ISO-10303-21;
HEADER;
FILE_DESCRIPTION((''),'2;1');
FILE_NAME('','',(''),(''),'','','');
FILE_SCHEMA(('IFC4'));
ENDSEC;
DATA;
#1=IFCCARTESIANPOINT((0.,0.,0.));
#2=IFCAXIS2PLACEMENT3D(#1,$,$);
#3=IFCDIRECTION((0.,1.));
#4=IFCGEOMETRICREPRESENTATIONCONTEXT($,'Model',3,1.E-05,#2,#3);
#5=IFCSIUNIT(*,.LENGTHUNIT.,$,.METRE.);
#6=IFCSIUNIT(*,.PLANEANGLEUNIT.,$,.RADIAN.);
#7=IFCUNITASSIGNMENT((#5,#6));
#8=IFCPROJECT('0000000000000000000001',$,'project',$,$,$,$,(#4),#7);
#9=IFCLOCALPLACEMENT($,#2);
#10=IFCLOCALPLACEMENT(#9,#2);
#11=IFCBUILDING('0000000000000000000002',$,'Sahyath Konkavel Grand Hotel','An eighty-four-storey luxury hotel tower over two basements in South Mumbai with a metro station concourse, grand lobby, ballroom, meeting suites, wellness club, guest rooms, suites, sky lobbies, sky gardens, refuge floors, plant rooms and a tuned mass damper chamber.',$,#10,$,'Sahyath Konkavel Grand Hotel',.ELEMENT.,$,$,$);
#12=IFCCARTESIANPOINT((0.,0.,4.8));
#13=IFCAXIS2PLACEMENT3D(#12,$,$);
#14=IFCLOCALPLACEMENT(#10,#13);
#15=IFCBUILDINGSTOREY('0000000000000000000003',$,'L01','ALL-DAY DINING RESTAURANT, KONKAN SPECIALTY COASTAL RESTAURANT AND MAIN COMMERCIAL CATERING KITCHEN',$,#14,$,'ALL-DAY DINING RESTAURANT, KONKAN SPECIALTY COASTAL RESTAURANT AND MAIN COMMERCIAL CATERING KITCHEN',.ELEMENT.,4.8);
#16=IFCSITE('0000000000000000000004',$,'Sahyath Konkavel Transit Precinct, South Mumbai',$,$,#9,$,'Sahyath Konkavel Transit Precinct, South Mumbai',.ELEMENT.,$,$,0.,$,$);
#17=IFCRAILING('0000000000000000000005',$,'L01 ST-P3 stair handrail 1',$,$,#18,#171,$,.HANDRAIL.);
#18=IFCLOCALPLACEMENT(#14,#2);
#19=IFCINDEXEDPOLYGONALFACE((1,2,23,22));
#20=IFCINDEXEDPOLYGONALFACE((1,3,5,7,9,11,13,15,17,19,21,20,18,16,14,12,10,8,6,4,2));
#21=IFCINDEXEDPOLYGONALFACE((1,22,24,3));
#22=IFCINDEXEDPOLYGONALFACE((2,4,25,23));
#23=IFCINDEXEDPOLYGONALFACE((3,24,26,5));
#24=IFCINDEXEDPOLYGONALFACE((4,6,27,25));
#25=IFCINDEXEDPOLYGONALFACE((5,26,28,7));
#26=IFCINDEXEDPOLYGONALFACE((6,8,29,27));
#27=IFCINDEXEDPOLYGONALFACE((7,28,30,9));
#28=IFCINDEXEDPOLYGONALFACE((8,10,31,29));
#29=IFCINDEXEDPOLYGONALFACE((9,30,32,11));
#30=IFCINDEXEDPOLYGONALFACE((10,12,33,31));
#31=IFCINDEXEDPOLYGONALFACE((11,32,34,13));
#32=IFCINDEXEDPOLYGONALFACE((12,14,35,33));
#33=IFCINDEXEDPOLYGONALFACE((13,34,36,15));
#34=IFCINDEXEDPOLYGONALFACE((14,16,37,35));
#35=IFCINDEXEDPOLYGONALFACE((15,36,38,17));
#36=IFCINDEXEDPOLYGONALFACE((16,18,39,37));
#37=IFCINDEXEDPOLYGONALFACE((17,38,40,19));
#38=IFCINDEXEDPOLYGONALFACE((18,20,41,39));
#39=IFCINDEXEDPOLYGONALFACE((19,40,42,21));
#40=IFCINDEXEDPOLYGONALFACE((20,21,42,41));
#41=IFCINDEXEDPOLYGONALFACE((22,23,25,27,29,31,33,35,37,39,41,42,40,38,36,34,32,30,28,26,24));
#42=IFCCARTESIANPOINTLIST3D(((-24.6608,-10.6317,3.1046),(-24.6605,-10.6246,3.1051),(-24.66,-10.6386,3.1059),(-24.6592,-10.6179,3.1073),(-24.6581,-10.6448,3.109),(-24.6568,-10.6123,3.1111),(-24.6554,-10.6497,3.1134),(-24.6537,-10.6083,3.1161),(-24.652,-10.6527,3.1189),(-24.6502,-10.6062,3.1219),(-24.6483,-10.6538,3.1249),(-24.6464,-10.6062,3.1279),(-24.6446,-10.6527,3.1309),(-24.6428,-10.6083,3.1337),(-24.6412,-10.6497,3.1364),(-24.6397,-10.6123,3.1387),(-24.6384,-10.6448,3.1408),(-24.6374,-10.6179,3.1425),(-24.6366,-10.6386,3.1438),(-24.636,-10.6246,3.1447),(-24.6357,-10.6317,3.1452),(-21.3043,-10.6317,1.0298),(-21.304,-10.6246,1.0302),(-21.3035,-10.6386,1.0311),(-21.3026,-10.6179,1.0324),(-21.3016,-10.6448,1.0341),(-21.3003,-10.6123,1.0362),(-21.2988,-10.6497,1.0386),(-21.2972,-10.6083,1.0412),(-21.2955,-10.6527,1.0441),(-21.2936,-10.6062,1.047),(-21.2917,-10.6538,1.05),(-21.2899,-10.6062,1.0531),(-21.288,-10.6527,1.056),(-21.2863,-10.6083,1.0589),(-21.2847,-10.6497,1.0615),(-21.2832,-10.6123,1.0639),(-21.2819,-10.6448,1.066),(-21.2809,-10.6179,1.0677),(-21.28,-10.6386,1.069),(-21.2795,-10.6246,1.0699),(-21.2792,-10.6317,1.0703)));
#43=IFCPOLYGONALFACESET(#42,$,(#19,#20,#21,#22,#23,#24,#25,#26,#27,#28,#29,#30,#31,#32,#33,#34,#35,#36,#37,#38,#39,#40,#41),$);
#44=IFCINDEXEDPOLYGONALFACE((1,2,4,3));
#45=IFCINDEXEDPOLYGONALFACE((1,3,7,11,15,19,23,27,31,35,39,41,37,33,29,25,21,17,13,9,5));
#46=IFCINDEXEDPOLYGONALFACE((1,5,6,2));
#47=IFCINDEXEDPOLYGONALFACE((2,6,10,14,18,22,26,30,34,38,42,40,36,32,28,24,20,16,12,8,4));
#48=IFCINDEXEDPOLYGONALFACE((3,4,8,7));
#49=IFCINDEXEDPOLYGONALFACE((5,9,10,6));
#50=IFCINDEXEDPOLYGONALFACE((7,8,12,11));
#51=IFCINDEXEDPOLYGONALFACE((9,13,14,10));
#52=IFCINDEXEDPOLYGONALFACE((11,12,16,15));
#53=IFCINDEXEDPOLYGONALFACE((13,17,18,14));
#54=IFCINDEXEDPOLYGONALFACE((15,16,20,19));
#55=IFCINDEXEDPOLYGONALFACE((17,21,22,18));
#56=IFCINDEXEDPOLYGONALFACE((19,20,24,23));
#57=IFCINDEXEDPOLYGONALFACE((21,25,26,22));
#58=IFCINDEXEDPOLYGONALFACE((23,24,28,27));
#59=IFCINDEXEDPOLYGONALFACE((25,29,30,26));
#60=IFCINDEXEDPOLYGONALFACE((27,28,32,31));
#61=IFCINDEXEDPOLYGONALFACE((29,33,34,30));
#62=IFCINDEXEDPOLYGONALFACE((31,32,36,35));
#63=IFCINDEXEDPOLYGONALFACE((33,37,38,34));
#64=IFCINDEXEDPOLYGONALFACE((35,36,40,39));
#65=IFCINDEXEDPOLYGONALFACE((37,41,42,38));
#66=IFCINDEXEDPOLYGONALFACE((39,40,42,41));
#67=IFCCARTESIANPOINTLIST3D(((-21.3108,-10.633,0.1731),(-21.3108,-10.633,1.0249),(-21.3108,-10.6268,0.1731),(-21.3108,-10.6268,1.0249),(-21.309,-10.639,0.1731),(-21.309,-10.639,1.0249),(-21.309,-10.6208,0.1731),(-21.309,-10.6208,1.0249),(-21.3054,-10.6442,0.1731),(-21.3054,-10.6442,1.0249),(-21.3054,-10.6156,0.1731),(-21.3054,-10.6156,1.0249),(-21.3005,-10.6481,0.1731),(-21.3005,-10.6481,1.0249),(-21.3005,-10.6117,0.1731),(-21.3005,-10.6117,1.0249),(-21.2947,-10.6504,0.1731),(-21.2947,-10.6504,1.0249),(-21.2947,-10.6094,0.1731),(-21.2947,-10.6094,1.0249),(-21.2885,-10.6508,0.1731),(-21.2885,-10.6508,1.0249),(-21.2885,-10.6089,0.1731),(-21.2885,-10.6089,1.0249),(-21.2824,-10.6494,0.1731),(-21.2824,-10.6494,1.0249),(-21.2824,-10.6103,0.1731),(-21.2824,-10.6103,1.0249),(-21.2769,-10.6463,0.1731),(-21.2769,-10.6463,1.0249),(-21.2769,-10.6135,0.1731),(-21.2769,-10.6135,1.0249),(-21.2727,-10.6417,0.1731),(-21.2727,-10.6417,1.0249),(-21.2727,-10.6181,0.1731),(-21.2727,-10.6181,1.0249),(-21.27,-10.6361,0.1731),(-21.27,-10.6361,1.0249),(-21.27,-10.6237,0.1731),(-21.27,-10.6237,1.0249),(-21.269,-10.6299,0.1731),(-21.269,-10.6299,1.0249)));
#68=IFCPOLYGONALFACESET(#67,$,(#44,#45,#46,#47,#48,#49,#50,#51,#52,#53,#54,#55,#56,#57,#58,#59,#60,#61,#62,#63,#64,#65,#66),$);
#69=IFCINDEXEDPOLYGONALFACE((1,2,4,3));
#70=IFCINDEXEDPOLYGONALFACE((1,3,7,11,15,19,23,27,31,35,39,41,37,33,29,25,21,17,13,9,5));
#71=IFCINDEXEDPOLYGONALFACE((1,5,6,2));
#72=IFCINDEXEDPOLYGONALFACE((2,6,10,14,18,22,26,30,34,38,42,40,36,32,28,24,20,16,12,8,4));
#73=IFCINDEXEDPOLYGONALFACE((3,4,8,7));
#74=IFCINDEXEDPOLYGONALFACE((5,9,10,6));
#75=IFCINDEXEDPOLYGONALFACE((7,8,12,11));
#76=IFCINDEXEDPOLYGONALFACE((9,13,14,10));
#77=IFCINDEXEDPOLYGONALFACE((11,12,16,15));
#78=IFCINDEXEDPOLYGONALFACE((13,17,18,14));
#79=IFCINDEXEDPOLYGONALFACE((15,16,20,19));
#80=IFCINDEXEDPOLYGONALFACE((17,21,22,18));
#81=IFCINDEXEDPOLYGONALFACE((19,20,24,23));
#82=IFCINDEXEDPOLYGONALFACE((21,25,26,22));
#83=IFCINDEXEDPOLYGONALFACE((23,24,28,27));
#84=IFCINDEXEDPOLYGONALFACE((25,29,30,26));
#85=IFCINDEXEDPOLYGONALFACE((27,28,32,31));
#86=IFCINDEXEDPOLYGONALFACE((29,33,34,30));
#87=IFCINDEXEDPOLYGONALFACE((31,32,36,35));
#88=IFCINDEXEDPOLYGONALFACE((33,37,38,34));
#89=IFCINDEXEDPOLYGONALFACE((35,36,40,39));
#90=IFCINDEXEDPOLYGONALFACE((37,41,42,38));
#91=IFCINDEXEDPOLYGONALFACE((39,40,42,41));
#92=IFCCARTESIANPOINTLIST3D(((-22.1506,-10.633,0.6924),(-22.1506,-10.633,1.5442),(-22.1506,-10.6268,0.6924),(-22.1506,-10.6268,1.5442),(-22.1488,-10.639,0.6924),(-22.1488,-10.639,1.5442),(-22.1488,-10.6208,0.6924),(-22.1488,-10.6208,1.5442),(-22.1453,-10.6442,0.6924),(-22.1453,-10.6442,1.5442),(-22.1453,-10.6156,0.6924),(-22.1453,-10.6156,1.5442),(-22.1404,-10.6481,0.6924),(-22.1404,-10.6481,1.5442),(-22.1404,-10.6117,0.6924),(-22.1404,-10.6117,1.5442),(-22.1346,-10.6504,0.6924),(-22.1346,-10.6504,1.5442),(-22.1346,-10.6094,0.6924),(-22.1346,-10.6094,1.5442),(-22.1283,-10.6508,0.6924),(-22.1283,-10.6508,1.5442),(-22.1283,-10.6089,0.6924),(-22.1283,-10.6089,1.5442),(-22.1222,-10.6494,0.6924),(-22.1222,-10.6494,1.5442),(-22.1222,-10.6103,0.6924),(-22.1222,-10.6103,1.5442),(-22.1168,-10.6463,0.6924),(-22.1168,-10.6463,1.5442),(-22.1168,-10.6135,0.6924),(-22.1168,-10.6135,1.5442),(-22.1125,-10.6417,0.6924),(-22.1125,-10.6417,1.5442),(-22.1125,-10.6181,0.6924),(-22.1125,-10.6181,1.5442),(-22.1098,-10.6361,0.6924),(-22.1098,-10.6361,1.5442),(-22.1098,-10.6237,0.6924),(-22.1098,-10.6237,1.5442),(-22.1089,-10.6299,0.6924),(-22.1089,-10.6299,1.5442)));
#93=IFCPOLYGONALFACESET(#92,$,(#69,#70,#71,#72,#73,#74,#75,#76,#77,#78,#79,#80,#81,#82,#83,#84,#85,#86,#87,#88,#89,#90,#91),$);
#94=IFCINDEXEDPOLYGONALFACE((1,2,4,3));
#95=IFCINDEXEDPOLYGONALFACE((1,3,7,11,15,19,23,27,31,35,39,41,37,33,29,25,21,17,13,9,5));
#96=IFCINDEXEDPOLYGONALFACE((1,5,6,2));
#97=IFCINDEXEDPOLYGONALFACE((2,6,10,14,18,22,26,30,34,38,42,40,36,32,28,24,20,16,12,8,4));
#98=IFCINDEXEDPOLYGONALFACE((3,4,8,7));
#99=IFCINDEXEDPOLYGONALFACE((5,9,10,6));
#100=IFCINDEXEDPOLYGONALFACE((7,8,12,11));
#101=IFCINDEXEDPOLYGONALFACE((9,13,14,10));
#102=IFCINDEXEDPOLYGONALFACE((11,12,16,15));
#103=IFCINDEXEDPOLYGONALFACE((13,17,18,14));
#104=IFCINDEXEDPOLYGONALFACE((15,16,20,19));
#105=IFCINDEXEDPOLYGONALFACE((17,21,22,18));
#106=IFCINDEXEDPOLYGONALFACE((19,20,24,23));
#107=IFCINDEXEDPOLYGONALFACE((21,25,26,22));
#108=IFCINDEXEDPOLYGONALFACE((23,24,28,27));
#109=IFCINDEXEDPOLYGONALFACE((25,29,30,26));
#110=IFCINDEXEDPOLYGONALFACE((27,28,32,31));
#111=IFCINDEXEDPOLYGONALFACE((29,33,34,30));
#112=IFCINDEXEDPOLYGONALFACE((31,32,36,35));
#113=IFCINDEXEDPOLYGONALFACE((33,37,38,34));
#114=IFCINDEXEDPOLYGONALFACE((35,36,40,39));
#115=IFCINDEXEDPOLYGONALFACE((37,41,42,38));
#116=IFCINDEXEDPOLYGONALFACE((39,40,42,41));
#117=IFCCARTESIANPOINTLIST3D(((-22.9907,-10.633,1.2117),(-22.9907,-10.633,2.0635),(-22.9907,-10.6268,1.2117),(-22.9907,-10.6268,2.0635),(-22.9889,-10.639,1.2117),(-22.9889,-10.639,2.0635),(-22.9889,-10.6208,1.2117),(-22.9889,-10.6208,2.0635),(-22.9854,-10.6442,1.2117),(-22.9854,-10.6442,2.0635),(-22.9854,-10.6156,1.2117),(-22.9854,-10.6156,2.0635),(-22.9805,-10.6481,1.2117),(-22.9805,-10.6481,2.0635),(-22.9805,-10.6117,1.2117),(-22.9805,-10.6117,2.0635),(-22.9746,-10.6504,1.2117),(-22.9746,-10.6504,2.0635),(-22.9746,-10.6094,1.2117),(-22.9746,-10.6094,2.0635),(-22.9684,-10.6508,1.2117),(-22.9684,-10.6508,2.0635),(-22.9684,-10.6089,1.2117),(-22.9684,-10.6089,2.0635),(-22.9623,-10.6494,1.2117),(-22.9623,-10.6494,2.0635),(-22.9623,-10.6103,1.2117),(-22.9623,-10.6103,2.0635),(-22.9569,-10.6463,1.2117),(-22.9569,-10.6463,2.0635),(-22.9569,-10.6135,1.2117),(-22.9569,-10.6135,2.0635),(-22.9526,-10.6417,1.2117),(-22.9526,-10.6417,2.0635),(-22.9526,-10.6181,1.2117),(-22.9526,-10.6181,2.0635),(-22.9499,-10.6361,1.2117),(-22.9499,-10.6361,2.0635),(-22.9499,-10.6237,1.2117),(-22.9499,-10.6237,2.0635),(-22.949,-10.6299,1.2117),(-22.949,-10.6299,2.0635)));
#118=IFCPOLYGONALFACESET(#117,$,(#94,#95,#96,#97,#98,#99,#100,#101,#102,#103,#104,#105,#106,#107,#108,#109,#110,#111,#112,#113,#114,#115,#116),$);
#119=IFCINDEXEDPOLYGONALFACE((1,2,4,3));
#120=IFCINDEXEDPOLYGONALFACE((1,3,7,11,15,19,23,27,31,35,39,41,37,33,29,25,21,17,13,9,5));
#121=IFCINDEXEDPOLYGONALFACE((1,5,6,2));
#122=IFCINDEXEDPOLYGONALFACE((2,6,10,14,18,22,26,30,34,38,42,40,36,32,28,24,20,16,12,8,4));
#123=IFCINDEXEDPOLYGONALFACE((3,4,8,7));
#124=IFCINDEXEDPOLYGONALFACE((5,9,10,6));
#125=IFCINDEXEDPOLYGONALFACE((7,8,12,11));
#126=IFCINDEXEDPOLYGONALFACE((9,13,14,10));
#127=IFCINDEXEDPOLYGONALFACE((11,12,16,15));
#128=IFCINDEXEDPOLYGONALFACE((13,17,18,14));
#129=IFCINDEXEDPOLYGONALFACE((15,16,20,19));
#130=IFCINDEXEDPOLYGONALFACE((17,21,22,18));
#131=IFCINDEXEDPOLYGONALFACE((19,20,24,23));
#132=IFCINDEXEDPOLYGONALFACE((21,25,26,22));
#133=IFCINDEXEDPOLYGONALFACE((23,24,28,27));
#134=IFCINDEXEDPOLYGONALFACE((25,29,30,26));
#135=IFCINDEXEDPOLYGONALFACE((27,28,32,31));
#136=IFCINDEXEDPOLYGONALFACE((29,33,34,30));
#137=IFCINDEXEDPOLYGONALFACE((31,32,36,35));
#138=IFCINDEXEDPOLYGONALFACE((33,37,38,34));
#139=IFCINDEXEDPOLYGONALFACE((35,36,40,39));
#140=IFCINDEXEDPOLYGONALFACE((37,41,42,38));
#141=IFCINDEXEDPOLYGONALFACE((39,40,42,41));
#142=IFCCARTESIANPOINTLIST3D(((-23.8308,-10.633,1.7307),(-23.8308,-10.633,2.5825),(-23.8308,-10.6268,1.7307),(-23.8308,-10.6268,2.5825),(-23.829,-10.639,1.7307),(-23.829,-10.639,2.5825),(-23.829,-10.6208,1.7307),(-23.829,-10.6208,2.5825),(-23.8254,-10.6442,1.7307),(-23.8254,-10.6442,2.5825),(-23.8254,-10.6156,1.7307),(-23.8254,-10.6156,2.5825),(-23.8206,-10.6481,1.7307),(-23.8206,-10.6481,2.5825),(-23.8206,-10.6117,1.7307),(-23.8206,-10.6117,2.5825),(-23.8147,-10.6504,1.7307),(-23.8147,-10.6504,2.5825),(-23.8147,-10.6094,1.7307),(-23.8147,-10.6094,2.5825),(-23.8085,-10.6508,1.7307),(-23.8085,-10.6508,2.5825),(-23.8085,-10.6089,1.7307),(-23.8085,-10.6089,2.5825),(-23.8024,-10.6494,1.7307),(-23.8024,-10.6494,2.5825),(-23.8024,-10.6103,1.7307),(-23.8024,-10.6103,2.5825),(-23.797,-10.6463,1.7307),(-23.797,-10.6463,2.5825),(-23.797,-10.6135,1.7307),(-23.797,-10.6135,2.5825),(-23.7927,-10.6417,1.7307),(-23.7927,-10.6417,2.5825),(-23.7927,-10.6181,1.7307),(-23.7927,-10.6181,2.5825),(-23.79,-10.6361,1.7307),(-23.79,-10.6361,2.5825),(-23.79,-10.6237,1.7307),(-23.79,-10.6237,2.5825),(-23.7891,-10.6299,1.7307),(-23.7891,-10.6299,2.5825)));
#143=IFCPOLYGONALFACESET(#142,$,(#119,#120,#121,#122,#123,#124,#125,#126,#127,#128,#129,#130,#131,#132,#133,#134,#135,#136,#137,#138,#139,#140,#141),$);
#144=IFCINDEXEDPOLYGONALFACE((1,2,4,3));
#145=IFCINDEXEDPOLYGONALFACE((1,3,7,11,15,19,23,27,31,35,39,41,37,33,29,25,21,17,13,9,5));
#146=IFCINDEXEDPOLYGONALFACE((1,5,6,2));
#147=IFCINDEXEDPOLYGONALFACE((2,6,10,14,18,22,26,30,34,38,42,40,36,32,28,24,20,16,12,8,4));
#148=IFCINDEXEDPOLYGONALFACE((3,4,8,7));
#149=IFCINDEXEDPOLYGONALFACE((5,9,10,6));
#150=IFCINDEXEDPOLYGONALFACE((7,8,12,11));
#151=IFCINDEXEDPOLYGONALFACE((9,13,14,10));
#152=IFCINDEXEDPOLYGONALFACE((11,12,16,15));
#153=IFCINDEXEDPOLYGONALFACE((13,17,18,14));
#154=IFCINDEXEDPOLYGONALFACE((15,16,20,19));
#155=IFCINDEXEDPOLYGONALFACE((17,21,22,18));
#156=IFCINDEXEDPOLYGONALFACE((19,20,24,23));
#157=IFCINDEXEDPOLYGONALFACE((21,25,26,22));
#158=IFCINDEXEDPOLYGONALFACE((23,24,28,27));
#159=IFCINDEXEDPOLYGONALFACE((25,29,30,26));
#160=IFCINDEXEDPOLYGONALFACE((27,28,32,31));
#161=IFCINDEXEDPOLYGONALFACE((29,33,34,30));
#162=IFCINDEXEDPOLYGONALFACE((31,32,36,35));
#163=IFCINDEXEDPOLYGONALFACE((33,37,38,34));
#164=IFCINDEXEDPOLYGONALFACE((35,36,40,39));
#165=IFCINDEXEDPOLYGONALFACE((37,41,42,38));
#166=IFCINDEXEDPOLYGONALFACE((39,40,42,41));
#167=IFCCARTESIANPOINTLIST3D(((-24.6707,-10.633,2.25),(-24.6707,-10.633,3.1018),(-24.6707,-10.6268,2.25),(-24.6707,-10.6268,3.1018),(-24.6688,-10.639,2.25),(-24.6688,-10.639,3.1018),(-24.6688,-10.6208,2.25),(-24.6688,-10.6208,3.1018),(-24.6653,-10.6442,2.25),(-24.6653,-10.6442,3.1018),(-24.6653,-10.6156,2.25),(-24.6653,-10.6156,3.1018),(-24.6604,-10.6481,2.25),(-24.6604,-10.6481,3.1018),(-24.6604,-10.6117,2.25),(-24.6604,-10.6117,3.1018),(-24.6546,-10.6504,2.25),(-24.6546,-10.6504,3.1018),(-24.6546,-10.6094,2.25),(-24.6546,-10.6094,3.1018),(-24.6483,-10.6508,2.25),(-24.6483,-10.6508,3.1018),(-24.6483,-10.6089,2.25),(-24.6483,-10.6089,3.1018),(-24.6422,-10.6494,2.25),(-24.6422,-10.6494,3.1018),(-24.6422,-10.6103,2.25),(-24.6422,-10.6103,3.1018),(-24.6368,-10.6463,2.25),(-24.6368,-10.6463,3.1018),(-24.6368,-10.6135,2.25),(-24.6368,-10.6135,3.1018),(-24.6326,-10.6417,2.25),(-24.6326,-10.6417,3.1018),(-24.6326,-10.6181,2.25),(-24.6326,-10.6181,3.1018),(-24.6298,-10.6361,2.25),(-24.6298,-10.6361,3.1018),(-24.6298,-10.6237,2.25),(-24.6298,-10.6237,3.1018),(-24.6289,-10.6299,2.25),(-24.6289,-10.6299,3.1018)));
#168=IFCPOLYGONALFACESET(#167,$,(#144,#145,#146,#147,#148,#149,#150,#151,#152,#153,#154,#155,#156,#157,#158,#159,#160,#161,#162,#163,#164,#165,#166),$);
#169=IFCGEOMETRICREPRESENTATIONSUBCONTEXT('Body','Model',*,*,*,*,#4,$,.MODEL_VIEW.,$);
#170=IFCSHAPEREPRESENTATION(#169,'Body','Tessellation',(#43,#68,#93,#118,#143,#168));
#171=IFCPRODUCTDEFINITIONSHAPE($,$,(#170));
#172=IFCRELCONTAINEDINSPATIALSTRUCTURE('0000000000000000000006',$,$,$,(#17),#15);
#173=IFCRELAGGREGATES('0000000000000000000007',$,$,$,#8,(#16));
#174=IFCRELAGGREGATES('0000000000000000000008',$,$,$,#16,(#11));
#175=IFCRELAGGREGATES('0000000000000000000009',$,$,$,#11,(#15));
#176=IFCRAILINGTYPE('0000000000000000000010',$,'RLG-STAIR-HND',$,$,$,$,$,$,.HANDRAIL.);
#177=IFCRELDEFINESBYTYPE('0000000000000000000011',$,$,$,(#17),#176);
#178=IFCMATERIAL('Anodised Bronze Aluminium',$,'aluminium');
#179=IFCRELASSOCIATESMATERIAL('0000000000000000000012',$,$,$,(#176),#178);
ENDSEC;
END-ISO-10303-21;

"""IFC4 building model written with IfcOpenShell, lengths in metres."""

from ifc_helpers import new_model, si_unit, direction, frame, origin, origin_2d, place, context, subcontext, project, spatial, circle, extrude, material, type_object, element, save


model = new_model("IFC4")

# Units and contexts
model_context = context("Model", 3, precision=1e-05, world=origin(), true_north=direction((0.0, 1.0)))
body_context = subcontext(model_context, "Body", "Model", "MODEL_VIEW")
ifc_project = project(units=[si_unit("LENGTHUNIT", "METRE"), si_unit("PLANEANGLEUNIT", "RADIAN")], contexts=[model_context])

# Site, building, storey
site_placement = place(None, origin())
site = spatial("IfcSite", under=ifc_project, at=site_placement, Name="Sahyath Konkavel Transit Precinct, South Mumbai", LongName="Sahyath Konkavel Transit Precinct, South Mumbai", CompositionType="ELEMENT", RefElevation=0.0)
building_placement = place(site_placement, origin())
building = spatial("IfcBuilding", under=site, at=building_placement, Name="Sahyath Konkavel Grand Hotel", Description="An eighty-four-storey luxury hotel tower over two basements in South Mumbai with a metro station concourse, grand lobby, ballroom, meeting suites, wellness club, guest rooms, suites, sky lobbies, sky gardens, refuge floors, plant rooms and a tuned mass damper chamber.", LongName="Sahyath Konkavel Grand Hotel", CompositionType="ELEMENT")
storey_placement = place(building_placement, frame((0.0, 0.0, 4.8)))
storey = spatial("IfcBuildingStorey", under=building, at=storey_placement, Name="L01", Description="ALL-DAY DINING RESTAURANT, KONKAN SPECIALTY COASTAL RESTAURANT AND MAIN COMMERCIAL CATERING KITCHEN", LongName="ALL-DAY DINING RESTAURANT, KONKAN SPECIALTY COASTAL RESTAURANT AND MAIN COMMERCIAL CATERING KITCHEN", CompositionType="ELEMENT", Elevation=4.8)

# Shared definitions
ifc_material_1 = material(Name="Anodised Bronze Aluminium", Category="aluminium")

# Railing
railing_type_1 = type_object("IfcRailingType", Name="RLG-STAIR-HND", PredefinedType="HANDRAIL", material=ifc_material_1)
railing_1_placement = place(storey_placement, frame((-21.29, -10.6299, 0.1731)))
element("IfcRailing", 1, at=railing_1_placement, inside=storey, type_object=railing_type_1, Name="L01 ST-P3 stair handrail 1", PredefinedType="HANDRAIL", context=body_context, shape_type="SweptSolid", body=[
    extrude(circle(Radius=0.0239, at=origin_2d()), frame((-0.0017, 0.0, 0.877), z_axis=(-0.850606, 0.0, 0.525803), x_axis=(0.0, -1.0, 0.0)), (0.0, 0.0, 1.0), 3.946),
    extrude(circle(Radius=0.021, at=origin_2d()), origin(), (0.0, 0.0, 1.0), 0.8518),
    extrude(circle(Radius=0.021, at=origin_2d()), frame((-0.8398, 0.0, 0.5193)), (0.0, 0.0, 1.0), 0.8518),
    extrude(circle(Radius=0.021, at=origin_2d()), frame((-1.6799, 0.0, 1.0386)), (0.0, 0.0, 1.0), 0.8518),
    extrude(circle(Radius=0.021, at=origin_2d()), frame((-2.52, 0.0, 1.5576)), (0.0, 0.0, 1.0), 0.8518),
    extrude(circle(Radius=0.021, at=origin_2d()), frame((-3.3599, 0.0, 2.0769)), (0.0, 0.0, 1.0), 0.8518),
])

save(model, "model.ifc")
